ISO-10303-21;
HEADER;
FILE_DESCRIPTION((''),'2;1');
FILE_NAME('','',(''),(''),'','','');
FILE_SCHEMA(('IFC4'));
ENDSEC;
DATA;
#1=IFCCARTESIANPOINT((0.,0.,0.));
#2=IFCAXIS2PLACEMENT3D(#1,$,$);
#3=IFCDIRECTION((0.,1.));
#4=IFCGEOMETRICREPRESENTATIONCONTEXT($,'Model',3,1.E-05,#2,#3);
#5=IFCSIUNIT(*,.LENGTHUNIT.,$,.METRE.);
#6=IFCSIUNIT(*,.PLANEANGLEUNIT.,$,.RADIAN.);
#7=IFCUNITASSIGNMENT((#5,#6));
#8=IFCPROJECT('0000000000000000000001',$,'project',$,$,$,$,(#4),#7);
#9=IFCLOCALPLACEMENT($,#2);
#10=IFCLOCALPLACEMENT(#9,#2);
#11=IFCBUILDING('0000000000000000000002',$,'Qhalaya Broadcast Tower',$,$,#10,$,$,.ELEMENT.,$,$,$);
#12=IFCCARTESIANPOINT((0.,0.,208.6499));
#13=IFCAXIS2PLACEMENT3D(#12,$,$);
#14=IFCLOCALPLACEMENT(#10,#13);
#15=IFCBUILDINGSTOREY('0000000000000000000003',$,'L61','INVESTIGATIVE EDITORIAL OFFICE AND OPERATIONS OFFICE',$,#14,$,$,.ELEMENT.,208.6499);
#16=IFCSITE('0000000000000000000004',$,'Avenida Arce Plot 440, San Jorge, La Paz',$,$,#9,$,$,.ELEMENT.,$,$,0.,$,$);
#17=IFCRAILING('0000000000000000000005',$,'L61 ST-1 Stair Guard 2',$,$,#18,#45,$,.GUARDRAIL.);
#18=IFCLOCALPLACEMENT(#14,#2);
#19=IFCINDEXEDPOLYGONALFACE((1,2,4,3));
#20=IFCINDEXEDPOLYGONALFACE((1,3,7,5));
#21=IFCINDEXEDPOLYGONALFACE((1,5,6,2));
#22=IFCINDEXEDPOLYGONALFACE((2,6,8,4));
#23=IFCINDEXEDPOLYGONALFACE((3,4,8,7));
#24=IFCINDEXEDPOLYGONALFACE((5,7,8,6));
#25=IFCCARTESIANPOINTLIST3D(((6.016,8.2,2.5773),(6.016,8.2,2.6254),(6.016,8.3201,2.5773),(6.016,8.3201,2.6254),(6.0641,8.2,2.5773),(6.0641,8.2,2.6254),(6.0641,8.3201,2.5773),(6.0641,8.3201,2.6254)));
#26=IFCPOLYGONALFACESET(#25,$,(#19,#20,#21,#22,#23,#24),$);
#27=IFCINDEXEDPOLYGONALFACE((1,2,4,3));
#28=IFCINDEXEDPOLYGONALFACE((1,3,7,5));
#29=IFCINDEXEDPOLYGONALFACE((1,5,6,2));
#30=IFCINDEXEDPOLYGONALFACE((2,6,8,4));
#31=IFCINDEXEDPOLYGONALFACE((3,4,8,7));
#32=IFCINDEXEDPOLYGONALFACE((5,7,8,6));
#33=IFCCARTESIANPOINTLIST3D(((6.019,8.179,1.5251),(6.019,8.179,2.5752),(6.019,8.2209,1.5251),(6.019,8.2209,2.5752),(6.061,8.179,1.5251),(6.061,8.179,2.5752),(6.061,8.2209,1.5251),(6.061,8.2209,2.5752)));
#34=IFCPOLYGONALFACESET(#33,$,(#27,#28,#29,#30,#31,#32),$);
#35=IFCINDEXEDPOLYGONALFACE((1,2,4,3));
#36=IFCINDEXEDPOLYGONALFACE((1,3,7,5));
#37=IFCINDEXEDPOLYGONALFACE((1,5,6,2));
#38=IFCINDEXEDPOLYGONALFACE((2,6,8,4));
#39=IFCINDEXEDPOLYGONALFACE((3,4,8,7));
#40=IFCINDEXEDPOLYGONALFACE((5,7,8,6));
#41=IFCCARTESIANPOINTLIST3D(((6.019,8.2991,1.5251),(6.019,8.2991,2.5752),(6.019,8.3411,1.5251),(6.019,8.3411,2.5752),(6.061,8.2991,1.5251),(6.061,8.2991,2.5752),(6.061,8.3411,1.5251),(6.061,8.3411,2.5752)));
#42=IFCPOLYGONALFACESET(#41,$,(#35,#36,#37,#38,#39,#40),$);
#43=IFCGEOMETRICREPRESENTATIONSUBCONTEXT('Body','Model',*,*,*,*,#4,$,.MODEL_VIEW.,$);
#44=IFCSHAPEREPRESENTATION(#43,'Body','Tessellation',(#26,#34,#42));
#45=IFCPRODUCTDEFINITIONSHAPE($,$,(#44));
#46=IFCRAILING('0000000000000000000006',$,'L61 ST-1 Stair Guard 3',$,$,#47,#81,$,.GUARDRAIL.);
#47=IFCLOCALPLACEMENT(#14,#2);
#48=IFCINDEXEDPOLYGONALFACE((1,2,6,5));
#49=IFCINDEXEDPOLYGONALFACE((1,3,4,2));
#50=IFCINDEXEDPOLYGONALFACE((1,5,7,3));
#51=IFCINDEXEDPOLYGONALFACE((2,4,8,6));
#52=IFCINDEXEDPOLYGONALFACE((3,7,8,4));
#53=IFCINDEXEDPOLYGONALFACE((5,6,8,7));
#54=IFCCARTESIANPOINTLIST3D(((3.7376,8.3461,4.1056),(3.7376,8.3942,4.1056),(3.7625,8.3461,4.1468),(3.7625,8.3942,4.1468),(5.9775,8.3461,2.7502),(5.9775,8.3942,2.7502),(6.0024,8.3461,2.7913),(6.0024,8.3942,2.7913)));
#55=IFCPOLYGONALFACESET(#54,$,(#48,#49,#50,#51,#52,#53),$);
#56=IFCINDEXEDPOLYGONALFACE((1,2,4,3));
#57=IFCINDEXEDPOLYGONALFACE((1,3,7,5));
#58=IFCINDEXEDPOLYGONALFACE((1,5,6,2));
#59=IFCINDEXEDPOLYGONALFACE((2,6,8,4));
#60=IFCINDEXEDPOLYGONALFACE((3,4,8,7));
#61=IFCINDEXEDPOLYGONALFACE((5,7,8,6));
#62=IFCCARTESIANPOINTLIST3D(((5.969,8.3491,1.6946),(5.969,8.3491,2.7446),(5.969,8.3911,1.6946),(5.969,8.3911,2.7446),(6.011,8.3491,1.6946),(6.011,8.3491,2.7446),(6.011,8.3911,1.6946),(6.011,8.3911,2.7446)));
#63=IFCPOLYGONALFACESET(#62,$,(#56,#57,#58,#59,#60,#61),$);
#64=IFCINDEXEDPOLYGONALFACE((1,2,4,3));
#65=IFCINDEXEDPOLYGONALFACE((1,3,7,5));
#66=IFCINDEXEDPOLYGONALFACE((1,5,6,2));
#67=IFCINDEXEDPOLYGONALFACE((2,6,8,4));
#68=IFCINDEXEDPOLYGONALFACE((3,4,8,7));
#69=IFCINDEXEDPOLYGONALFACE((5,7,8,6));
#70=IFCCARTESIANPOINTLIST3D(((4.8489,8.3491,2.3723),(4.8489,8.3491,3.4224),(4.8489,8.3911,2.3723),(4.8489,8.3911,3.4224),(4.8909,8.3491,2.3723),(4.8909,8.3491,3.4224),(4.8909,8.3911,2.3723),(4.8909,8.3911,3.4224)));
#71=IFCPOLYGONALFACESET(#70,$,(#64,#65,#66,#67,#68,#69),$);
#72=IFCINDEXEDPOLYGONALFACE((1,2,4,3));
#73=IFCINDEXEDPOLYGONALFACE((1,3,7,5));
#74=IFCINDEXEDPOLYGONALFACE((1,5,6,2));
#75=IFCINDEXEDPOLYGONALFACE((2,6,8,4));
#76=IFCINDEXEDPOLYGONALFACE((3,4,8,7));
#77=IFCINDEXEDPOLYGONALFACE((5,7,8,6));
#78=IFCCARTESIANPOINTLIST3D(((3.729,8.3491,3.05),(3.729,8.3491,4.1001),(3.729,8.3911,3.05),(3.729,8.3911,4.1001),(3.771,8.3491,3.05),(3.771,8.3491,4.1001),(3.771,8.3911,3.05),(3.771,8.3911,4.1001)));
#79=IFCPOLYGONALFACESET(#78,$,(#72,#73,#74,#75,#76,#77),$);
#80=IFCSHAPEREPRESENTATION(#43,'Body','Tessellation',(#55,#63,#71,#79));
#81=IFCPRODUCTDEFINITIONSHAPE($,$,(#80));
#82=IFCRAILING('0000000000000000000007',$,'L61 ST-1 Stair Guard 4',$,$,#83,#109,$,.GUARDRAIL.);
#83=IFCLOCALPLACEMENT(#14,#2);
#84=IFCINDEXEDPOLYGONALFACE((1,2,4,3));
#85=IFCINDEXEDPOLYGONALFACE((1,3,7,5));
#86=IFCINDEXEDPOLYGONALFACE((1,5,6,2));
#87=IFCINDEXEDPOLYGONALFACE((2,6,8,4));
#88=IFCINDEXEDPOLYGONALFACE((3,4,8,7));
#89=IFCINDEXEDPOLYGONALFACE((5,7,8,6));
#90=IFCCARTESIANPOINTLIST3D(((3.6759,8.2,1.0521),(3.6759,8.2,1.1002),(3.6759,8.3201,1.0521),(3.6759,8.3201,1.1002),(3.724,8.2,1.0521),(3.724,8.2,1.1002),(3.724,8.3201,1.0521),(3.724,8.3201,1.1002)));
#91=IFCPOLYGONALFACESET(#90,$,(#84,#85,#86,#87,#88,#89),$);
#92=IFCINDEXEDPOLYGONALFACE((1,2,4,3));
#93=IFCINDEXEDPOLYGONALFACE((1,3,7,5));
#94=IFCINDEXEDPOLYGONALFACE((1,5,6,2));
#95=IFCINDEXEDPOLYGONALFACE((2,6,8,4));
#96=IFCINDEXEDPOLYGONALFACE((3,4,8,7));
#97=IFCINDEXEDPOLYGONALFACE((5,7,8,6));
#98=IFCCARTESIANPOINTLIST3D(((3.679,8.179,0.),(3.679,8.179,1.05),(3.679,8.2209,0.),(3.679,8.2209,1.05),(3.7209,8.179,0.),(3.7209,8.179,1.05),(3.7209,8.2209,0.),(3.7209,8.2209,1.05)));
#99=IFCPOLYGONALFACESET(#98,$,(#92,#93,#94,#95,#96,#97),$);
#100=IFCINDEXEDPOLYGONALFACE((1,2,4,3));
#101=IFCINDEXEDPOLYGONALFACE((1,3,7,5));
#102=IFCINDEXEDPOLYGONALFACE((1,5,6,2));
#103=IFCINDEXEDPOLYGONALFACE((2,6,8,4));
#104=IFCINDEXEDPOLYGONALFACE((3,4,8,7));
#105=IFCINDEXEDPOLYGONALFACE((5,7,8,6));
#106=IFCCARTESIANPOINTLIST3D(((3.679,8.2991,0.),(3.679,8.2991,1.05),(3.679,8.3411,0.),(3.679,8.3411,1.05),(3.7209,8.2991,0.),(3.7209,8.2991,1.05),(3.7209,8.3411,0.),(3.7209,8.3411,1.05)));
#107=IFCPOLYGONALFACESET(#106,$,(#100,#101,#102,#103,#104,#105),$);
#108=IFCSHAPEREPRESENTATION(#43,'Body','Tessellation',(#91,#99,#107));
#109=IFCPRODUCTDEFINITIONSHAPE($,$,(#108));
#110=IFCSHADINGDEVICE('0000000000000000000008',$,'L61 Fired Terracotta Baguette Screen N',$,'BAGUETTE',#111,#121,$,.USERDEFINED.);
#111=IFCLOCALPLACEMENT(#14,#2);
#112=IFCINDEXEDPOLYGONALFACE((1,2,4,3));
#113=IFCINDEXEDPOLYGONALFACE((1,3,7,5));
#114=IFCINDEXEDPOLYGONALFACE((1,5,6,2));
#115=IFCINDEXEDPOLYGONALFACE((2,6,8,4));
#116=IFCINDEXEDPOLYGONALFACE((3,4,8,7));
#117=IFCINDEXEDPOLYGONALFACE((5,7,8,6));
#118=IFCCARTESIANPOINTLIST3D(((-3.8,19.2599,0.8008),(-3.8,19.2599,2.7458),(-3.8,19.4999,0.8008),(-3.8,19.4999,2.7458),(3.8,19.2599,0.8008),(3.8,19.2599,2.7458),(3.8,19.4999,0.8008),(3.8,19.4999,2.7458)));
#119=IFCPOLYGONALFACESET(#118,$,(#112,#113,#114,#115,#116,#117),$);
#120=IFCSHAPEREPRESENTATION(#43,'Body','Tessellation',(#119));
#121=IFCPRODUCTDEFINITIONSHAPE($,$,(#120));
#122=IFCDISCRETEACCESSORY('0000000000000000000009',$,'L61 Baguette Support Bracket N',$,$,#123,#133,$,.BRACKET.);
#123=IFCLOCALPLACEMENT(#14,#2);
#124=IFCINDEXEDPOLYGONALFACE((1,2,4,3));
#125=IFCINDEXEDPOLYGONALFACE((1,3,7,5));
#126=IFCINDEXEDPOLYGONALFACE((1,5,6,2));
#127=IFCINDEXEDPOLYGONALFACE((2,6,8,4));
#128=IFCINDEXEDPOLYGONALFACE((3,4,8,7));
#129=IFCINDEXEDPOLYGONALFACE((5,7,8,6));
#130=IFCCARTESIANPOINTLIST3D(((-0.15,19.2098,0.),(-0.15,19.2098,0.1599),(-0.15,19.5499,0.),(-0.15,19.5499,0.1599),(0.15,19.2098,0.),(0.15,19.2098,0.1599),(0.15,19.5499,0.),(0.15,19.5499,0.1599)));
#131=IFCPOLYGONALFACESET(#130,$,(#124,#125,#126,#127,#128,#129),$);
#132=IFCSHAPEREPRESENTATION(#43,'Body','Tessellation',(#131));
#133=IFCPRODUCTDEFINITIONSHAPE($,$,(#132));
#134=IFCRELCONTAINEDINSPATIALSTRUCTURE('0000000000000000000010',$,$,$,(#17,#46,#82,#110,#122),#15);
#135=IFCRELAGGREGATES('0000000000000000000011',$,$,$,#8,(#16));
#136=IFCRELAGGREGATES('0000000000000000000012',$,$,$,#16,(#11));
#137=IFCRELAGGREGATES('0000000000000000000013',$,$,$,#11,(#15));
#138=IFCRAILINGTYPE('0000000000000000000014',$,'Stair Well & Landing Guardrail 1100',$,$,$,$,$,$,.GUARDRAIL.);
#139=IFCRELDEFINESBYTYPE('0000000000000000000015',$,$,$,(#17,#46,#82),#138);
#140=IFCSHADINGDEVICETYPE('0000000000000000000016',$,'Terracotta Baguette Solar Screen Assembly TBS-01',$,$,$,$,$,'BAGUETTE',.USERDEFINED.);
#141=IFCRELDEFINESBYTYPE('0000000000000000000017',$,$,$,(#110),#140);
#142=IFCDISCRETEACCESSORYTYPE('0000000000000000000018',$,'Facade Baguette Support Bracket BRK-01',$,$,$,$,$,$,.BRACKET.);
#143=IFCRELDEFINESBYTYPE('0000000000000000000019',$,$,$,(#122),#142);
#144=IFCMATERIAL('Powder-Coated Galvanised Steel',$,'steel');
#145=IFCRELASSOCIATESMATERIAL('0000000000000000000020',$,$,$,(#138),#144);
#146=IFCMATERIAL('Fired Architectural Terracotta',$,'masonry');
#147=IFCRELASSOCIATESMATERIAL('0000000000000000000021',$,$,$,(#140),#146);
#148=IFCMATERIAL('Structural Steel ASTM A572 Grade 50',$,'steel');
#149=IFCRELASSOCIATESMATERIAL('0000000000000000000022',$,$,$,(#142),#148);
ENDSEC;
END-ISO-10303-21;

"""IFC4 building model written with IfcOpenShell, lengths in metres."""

from ifc_helpers import new_model, si_unit, direction, frame, origin, origin_2d, place, context, subcontext, project, spatial, rectangle, extrude, material, type_object, element, save


model = new_model("IFC4")

# Units and contexts
model_context = context("Model", 3, precision=1e-05, world=origin(), true_north=direction((0.0, 1.0)))
body_context = subcontext(model_context, "Body", "Model", "MODEL_VIEW")
ifc_project = project(units=[si_unit("LENGTHUNIT", "METRE"), si_unit("PLANEANGLEUNIT", "RADIAN")], contexts=[model_context])

# Site, building, storey
site_placement = place(None, origin())
site = spatial("IfcSite", under=ifc_project, at=site_placement, Name="Avenida Arce Plot 440, San Jorge, La Paz", CompositionType="ELEMENT", RefElevation=0.0)
building_placement = place(site_placement, origin())
building = spatial("IfcBuilding", under=site, at=building_placement, Name="Qhalaya Broadcast Tower", CompositionType="ELEMENT")
storey_placement = place(building_placement, frame((0.0, 0.0, 208.6499)))
storey = spatial("IfcBuildingStorey", under=building, at=storey_placement, Name="L61", Description="INVESTIGATIVE EDITORIAL OFFICE AND OPERATIONS OFFICE", CompositionType="ELEMENT", Elevation=208.6499)

# Shared definitions
ifc_material_1 = material(Name="Structural Steel ASTM A572 Grade 50", Category="steel")

# Railings
ifc_material_2 = material(Name="Powder-Coated Galvanised Steel", Category="steel")
railing_type_1 = type_object("IfcRailingType", Name="Stair Well & Landing Guardrail 1100", PredefinedType="GUARDRAIL", material=ifc_material_2)
railing_1_placement = place(storey_placement, frame((6.04, 8.2, 1.5251)))
element("IfcRailing", 1, at=railing_1_placement, inside=storey, type_object=railing_type_1, Name="L61 ST-1 Stair Guard 2", PredefinedType="GUARDRAIL", context=body_context, shape_type="SweptSolid", body=[
    extrude(rectangle(XDim=0.0481, YDim=0.0481, at=origin_2d()), frame((0.0, 0.0, 1.0762), z_axis=(0.0, 1.0, 0.0), x_axis=(-1.0, 0.0, 0.0)), (0.0, 0.0, 1.0), 0.1201),
    extrude(rectangle(XDim=0.042, YDim=0.042, at=origin_2d()), origin(), (0.0, 0.0, 1.0), 1.05),
    extrude(rectangle(XDim=0.042, YDim=0.042, at=origin_2d()), frame((0.0, 0.1201, 0.0)), (0.0, 0.0, 1.0), 1.05),
])
railing_2_placement = place(storey_placement, frame((5.99, 8.3701, 1.6946)))
element("IfcRailing", 2, at=railing_2_placement, inside=storey, type_object=railing_type_1, Name="L61 ST-1 Stair Guard 3", PredefinedType="GUARDRAIL", context=body_context, shape_type="SweptSolid", body=[
    extrude(rectangle(XDim=0.0481, YDim=0.0481, at=origin_2d()), frame((0.0, 0.0, 1.0762), z_axis=(-0.855553, 0.0, 0.517715), x_axis=(0.0, -1.0, 0.0)), (0.0, 0.0, 1.0), 2.6182),
    extrude(rectangle(XDim=0.042, YDim=0.042, at=origin_2d()), origin(), (0.0, 0.0, 1.0), 1.05),
    extrude(rectangle(XDim=0.042, YDim=0.042, at=origin_2d()), frame((-1.1201, 0.0, 0.6777)), (0.0, 0.0, 1.0), 1.05),
    extrude(rectangle(XDim=0.042, YDim=0.042, at=origin_2d()), frame((-2.24, 0.0, 1.3555)), (0.0, 0.0, 1.0), 1.05),
])
railing_3_placement = place(storey_placement, frame((3.7, 8.2, 0.0)))
element("IfcRailing", 3, at=railing_3_placement, inside=storey, type_object=railing_type_1, Name="L61 ST-1 Stair Guard 4", PredefinedType="GUARDRAIL", context=body_context, shape_type="SweptSolid", body=[
    extrude(rectangle(XDim=0.0481, YDim=0.0481, at=origin_2d()), frame((0.0, 0.0, 1.0762), z_axis=(0.0, 1.0, 0.0), x_axis=(-1.0, 0.0, 0.0)), (0.0, 0.0, 1.0), 0.1201),
    extrude(rectangle(XDim=0.042, YDim=0.042, at=origin_2d()), origin(), (0.0, 0.0, 1.0), 1.05),
    extrude(rectangle(XDim=0.042, YDim=0.042, at=origin_2d()), frame((0.0, 0.1201, 0.0)), (0.0, 0.0, 1.0), 1.05),
])

# Shading device
ifc_material_3 = material(Name="Fired Architectural Terracotta", Category="masonry")
shading_device_type = type_object("IfcShadingDeviceType", Name="Terracotta Baguette Solar Screen Assembly TBS-01", ElementType="BAGUETTE", PredefinedType="USERDEFINED", material=ifc_material_3)
shading_device_placement = place(storey_placement, frame((0.0, 19.3799, 0.8008), z_axis=(0.0, 0.0, 1.0), x_axis=(-1.0, 0.0, 0.0)))
element("IfcShadingDevice", 4, at=shading_device_placement, inside=storey, type_object=shading_device_type, Name="L61 Fired Terracotta Baguette Screen N", ObjectType="BAGUETTE", PredefinedType="USERDEFINED", context=body_context, shape_type="SweptSolid", body=[
    extrude(rectangle(XDim=7.6001, YDim=0.24, at=origin_2d()), origin(), (0.0, 0.0, 1.0), 1.9451),
])

# Discrete accessory
discrete_accessory_type = type_object("IfcDiscreteAccessoryType", Name="Facade Baguette Support Bracket BRK-01", PredefinedType="BRACKET", material=ifc_material_1)
discrete_accessory_placement = place(storey_placement, frame((0.0, 19.3799, 0.0), z_axis=(0.0, 0.0, 1.0), x_axis=(-1.0, 0.0, 0.0)))
element("IfcDiscreteAccessory", 5, at=discrete_accessory_placement, inside=storey, type_object=discrete_accessory_type, Name="L61 Baguette Support Bracket N", PredefinedType="BRACKET", context=body_context, shape_type="SweptSolid", body=[
    extrude(rectangle(XDim=0.3, YDim=0.3401, at=origin_2d()), origin(), (0.0, 0.0, 1.0), 0.1599),
])

save(model, "model.ifc")
